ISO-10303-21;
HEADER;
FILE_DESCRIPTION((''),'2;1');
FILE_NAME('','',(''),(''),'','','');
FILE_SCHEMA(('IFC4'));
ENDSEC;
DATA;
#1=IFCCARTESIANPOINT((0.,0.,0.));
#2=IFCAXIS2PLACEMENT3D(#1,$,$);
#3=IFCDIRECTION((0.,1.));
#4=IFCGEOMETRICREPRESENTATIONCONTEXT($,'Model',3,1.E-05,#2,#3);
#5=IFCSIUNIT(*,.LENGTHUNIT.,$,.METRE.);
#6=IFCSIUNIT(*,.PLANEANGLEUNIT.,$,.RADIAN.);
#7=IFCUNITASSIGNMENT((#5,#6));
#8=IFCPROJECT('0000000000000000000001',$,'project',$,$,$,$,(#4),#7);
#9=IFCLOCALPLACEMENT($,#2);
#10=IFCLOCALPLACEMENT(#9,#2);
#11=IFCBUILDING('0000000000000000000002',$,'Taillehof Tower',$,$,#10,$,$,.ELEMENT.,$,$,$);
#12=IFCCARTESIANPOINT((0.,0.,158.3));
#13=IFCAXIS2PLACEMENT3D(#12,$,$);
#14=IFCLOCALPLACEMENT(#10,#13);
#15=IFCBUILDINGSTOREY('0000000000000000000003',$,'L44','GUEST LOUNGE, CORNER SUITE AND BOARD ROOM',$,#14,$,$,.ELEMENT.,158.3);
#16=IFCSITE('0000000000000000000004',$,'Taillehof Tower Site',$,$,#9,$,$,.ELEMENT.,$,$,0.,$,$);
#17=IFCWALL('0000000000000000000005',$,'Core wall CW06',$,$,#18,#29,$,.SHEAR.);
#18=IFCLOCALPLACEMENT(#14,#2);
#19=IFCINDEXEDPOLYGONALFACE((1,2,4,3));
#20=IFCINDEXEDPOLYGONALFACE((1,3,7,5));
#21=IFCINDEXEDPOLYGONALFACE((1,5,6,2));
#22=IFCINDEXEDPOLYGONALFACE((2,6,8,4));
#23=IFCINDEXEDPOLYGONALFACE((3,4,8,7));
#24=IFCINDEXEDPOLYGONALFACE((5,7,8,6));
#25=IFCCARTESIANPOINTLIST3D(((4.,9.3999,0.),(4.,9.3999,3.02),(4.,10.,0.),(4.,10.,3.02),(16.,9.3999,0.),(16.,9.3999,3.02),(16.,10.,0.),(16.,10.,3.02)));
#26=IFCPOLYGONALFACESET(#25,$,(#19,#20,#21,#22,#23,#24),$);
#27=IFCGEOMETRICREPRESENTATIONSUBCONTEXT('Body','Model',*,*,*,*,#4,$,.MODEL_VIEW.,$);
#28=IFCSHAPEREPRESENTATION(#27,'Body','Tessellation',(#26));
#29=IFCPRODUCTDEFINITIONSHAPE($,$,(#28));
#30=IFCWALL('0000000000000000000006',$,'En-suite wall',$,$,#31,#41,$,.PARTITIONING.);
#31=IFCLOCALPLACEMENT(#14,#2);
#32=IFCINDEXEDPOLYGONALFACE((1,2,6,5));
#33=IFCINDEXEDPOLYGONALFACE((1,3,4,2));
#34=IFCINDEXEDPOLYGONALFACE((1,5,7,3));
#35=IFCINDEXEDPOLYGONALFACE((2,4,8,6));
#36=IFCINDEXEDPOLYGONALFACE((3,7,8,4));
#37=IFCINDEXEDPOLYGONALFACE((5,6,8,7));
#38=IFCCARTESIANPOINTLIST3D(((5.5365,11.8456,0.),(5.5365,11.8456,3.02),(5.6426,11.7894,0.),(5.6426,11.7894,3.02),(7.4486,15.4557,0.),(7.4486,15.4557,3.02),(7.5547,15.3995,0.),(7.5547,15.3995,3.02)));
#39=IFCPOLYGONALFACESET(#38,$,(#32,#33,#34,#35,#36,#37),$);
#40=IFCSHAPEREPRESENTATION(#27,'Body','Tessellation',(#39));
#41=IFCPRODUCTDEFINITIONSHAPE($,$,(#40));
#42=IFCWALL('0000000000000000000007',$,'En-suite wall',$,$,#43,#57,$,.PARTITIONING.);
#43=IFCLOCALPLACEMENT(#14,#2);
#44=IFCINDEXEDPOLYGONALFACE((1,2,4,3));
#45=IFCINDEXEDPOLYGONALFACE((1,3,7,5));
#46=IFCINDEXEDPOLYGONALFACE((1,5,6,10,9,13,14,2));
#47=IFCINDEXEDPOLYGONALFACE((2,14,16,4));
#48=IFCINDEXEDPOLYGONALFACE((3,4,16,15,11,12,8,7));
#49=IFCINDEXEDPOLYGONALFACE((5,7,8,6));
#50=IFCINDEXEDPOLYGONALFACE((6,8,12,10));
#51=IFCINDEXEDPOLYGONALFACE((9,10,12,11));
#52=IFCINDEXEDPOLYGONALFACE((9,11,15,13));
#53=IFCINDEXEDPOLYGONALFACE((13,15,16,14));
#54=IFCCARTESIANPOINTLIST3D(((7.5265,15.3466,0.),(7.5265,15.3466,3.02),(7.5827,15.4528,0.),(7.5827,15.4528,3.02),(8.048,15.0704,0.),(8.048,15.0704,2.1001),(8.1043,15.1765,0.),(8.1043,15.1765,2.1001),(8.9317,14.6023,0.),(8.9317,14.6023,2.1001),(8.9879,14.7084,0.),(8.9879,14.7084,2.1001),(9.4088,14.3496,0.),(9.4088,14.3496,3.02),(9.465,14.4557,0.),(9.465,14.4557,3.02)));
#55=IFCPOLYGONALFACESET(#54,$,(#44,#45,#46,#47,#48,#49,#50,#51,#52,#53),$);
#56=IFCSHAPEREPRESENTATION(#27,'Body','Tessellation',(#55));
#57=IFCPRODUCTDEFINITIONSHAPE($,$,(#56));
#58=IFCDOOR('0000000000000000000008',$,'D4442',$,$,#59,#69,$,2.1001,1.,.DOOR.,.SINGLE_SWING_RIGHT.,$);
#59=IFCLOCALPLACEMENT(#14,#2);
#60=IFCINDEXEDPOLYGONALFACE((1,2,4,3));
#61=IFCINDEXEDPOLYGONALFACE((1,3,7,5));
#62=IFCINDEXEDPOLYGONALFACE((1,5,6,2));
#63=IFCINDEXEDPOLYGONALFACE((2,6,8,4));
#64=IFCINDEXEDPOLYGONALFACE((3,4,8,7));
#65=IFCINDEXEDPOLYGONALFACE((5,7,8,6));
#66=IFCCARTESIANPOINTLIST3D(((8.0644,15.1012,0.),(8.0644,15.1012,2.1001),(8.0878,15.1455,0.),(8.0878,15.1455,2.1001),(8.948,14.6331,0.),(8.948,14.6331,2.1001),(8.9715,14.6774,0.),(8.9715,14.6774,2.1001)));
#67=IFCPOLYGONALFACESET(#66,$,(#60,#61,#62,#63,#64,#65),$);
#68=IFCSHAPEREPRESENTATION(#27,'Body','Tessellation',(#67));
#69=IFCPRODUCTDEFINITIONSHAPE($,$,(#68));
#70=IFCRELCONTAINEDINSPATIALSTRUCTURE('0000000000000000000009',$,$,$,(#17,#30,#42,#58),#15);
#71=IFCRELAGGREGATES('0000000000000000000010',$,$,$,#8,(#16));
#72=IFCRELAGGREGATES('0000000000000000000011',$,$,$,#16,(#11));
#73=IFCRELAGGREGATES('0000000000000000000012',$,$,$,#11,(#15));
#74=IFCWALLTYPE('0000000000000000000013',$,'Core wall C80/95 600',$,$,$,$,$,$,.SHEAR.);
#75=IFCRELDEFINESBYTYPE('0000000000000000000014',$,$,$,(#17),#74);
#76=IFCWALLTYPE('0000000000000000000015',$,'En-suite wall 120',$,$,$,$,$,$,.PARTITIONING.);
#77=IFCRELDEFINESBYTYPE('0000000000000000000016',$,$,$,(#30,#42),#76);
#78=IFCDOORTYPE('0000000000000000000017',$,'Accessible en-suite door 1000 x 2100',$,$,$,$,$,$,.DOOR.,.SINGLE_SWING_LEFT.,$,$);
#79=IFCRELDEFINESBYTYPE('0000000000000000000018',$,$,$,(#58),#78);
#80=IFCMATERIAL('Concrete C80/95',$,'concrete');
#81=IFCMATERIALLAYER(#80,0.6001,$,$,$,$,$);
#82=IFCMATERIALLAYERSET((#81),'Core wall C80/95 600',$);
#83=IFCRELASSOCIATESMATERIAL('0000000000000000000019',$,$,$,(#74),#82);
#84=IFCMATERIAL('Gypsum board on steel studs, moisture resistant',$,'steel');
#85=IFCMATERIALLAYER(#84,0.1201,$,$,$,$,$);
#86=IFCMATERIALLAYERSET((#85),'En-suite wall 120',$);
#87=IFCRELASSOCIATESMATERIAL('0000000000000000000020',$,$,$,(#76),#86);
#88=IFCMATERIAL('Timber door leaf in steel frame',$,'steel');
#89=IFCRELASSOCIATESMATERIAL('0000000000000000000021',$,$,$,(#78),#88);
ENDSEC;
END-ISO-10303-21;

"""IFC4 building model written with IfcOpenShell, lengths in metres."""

from ifc_helpers import new_model, si_unit, direction, frame, frame_2d, origin, place, context, subcontext, project, spatial, rectangle, extrude, material, layer, layer_set, type_object, element, fill, save


model = new_model("IFC4")

# Units and contexts
model_context = context("Model", 3, precision=1e-05, world=origin(), true_north=direction((0.0, 1.0)))
body_context = subcontext(model_context, "Body", "Model", "MODEL_VIEW")
ifc_project = project(units=[si_unit("LENGTHUNIT", "METRE"), si_unit("PLANEANGLEUNIT", "RADIAN")], contexts=[model_context])

# Site, building, storey
site_placement = place(None, origin())
site = spatial("IfcSite", under=ifc_project, at=site_placement, Name="Taillehof Tower Site", CompositionType="ELEMENT", RefElevation=0.0)
building_placement = place(site_placement, origin())
building = spatial("IfcBuilding", under=site, at=building_placement, Name="Taillehof Tower", CompositionType="ELEMENT")
storey_placement = place(building_placement, frame((0.0, 0.0, 158.3)))
storey = spatial("IfcBuildingStorey", under=building, at=storey_placement, Name="L44", Description="GUEST LOUNGE, CORNER SUITE AND BOARD ROOM", CompositionType="ELEMENT", Elevation=158.3)

# Walls
ifc_material_1 = material(Name="Concrete C80/95", Category="concrete")
ifc_layer_1 = layer(ifc_material_1, 0.6001)
ifc_layer_set_1 = layer_set([ifc_layer_1], Name="Core wall C80/95 600")
wall_type_1 = type_object("IfcWallType", Name="Core wall C80/95 600", PredefinedType="SHEAR", material=ifc_layer_set_1)
wall_1_placement = place(storey_placement, frame((4.0, 9.7, 0.0), z_axis=(0.0, 0.0, 1.0), x_axis=(1.0, 0.0, 0.0)))
element("IfcWall", 1, at=wall_1_placement, inside=storey, type_object=wall_type_1, Name="Core wall CW06", PredefinedType="SHEAR", context=body_context, shape_type="SweptSolid", body=[
    extrude(rectangle(XDim=12.0, YDim=0.6001, at=frame_2d((6.0, 0.0))), origin(), (0.0, 0.0, 1.0), 3.02),
])
ifc_material_2 = material(Name="Gypsum board on steel studs, moisture resistant", Category="steel")
ifc_layer_2 = layer(ifc_material_2, 0.1201)
ifc_layer_set_2 = layer_set([ifc_layer_2], Name="En-suite wall 120")
wall_type_2 = type_object("IfcWallType", Name="En-suite wall 120", PredefinedType="PARTITIONING", material=ifc_layer_set_2)
wall_2_placement = place(storey_placement, frame((5.5896, 11.8176, 0.0), z_axis=(0.0, 0.0, 1.0), x_axis=(0.468055, 0.883699, 0.0)))
element("IfcWall", 2, at=wall_2_placement, inside=storey, type_object=wall_type_2, Name="En-suite wall", PredefinedType="PARTITIONING", context=body_context, shape_type="SweptSolid", body=[
    extrude(rectangle(XDim=4.0852, YDim=0.1201, at=frame_2d((2.0425, 0.0))), origin(), (0.0, 0.0, 1.0), 3.02),
])

# Wall, opening, door
wall_3_placement = place(storey_placement, frame((7.5547, 15.3997, 0.0), z_axis=(0.0, 0.0, 1.0), x_axis=(0.883682, -0.468088, 0.0)))
wall_3 = element("IfcWall", 3, at=wall_3_placement, inside=storey, type_object=wall_type_2, Name="En-suite wall", PredefinedType="PARTITIONING", context=body_context, shape_type="SweptSolid", body=[
    extrude(rectangle(XDim=2.1301, YDim=0.1201, at=frame_2d((1.0649, 0.0))), origin(), (0.0, 0.0, 1.0), 3.02),
])
opening_1_placement = place(wall_3_placement, frame((0.5901, 0.0, 0.0)))
opening_1 = element("IfcOpeningElement", 4, at=opening_1_placement, cuts=wall_3, PredefinedType="OPENING", context=body_context, shape_type="SweptSolid", body=[
    extrude(rectangle(XDim=1.0, YDim=2.1001, at=frame_2d((0.5, 1.05))), frame((0.0, 0.0701, 0.0), z_axis=(0.0, -1.0, 0.0), x_axis=(1.0, 0.0, 0.0)), (0.0, 0.0, 1.0), 0.1401),
])
ifc_material_3 = material(Name="Timber door leaf in steel frame", Category="steel")
door_type_1 = type_object("IfcDoorType", Name="Accessible en-suite door 1000 x 2100", OperationType="SINGLE_SWING_LEFT", PredefinedType="DOOR", material=ifc_material_3)
door_1_placement = place(opening_1_placement, origin())
door_1 = element("IfcDoor", 5, at=door_1_placement, inside=storey, type_object=door_type_1, Name="D4442", OperationType="SINGLE_SWING_RIGHT", OverallHeight=2.1001, OverallWidth=1.0, PredefinedType="DOOR", context=body_context, shape_type="SweptSolid", body=[
    extrude(rectangle(XDim=1.0, YDim=2.1001, at=frame_2d((0.5, 1.05))), frame((0.0, 0.0249, 0.0), z_axis=(0.0, -1.0, 0.0), x_axis=(1.0, 0.0, 0.0)), (0.0, 0.0, 1.0), 0.05),
])
fill(opening_1, door_1)

save(model, "model.ifc")
